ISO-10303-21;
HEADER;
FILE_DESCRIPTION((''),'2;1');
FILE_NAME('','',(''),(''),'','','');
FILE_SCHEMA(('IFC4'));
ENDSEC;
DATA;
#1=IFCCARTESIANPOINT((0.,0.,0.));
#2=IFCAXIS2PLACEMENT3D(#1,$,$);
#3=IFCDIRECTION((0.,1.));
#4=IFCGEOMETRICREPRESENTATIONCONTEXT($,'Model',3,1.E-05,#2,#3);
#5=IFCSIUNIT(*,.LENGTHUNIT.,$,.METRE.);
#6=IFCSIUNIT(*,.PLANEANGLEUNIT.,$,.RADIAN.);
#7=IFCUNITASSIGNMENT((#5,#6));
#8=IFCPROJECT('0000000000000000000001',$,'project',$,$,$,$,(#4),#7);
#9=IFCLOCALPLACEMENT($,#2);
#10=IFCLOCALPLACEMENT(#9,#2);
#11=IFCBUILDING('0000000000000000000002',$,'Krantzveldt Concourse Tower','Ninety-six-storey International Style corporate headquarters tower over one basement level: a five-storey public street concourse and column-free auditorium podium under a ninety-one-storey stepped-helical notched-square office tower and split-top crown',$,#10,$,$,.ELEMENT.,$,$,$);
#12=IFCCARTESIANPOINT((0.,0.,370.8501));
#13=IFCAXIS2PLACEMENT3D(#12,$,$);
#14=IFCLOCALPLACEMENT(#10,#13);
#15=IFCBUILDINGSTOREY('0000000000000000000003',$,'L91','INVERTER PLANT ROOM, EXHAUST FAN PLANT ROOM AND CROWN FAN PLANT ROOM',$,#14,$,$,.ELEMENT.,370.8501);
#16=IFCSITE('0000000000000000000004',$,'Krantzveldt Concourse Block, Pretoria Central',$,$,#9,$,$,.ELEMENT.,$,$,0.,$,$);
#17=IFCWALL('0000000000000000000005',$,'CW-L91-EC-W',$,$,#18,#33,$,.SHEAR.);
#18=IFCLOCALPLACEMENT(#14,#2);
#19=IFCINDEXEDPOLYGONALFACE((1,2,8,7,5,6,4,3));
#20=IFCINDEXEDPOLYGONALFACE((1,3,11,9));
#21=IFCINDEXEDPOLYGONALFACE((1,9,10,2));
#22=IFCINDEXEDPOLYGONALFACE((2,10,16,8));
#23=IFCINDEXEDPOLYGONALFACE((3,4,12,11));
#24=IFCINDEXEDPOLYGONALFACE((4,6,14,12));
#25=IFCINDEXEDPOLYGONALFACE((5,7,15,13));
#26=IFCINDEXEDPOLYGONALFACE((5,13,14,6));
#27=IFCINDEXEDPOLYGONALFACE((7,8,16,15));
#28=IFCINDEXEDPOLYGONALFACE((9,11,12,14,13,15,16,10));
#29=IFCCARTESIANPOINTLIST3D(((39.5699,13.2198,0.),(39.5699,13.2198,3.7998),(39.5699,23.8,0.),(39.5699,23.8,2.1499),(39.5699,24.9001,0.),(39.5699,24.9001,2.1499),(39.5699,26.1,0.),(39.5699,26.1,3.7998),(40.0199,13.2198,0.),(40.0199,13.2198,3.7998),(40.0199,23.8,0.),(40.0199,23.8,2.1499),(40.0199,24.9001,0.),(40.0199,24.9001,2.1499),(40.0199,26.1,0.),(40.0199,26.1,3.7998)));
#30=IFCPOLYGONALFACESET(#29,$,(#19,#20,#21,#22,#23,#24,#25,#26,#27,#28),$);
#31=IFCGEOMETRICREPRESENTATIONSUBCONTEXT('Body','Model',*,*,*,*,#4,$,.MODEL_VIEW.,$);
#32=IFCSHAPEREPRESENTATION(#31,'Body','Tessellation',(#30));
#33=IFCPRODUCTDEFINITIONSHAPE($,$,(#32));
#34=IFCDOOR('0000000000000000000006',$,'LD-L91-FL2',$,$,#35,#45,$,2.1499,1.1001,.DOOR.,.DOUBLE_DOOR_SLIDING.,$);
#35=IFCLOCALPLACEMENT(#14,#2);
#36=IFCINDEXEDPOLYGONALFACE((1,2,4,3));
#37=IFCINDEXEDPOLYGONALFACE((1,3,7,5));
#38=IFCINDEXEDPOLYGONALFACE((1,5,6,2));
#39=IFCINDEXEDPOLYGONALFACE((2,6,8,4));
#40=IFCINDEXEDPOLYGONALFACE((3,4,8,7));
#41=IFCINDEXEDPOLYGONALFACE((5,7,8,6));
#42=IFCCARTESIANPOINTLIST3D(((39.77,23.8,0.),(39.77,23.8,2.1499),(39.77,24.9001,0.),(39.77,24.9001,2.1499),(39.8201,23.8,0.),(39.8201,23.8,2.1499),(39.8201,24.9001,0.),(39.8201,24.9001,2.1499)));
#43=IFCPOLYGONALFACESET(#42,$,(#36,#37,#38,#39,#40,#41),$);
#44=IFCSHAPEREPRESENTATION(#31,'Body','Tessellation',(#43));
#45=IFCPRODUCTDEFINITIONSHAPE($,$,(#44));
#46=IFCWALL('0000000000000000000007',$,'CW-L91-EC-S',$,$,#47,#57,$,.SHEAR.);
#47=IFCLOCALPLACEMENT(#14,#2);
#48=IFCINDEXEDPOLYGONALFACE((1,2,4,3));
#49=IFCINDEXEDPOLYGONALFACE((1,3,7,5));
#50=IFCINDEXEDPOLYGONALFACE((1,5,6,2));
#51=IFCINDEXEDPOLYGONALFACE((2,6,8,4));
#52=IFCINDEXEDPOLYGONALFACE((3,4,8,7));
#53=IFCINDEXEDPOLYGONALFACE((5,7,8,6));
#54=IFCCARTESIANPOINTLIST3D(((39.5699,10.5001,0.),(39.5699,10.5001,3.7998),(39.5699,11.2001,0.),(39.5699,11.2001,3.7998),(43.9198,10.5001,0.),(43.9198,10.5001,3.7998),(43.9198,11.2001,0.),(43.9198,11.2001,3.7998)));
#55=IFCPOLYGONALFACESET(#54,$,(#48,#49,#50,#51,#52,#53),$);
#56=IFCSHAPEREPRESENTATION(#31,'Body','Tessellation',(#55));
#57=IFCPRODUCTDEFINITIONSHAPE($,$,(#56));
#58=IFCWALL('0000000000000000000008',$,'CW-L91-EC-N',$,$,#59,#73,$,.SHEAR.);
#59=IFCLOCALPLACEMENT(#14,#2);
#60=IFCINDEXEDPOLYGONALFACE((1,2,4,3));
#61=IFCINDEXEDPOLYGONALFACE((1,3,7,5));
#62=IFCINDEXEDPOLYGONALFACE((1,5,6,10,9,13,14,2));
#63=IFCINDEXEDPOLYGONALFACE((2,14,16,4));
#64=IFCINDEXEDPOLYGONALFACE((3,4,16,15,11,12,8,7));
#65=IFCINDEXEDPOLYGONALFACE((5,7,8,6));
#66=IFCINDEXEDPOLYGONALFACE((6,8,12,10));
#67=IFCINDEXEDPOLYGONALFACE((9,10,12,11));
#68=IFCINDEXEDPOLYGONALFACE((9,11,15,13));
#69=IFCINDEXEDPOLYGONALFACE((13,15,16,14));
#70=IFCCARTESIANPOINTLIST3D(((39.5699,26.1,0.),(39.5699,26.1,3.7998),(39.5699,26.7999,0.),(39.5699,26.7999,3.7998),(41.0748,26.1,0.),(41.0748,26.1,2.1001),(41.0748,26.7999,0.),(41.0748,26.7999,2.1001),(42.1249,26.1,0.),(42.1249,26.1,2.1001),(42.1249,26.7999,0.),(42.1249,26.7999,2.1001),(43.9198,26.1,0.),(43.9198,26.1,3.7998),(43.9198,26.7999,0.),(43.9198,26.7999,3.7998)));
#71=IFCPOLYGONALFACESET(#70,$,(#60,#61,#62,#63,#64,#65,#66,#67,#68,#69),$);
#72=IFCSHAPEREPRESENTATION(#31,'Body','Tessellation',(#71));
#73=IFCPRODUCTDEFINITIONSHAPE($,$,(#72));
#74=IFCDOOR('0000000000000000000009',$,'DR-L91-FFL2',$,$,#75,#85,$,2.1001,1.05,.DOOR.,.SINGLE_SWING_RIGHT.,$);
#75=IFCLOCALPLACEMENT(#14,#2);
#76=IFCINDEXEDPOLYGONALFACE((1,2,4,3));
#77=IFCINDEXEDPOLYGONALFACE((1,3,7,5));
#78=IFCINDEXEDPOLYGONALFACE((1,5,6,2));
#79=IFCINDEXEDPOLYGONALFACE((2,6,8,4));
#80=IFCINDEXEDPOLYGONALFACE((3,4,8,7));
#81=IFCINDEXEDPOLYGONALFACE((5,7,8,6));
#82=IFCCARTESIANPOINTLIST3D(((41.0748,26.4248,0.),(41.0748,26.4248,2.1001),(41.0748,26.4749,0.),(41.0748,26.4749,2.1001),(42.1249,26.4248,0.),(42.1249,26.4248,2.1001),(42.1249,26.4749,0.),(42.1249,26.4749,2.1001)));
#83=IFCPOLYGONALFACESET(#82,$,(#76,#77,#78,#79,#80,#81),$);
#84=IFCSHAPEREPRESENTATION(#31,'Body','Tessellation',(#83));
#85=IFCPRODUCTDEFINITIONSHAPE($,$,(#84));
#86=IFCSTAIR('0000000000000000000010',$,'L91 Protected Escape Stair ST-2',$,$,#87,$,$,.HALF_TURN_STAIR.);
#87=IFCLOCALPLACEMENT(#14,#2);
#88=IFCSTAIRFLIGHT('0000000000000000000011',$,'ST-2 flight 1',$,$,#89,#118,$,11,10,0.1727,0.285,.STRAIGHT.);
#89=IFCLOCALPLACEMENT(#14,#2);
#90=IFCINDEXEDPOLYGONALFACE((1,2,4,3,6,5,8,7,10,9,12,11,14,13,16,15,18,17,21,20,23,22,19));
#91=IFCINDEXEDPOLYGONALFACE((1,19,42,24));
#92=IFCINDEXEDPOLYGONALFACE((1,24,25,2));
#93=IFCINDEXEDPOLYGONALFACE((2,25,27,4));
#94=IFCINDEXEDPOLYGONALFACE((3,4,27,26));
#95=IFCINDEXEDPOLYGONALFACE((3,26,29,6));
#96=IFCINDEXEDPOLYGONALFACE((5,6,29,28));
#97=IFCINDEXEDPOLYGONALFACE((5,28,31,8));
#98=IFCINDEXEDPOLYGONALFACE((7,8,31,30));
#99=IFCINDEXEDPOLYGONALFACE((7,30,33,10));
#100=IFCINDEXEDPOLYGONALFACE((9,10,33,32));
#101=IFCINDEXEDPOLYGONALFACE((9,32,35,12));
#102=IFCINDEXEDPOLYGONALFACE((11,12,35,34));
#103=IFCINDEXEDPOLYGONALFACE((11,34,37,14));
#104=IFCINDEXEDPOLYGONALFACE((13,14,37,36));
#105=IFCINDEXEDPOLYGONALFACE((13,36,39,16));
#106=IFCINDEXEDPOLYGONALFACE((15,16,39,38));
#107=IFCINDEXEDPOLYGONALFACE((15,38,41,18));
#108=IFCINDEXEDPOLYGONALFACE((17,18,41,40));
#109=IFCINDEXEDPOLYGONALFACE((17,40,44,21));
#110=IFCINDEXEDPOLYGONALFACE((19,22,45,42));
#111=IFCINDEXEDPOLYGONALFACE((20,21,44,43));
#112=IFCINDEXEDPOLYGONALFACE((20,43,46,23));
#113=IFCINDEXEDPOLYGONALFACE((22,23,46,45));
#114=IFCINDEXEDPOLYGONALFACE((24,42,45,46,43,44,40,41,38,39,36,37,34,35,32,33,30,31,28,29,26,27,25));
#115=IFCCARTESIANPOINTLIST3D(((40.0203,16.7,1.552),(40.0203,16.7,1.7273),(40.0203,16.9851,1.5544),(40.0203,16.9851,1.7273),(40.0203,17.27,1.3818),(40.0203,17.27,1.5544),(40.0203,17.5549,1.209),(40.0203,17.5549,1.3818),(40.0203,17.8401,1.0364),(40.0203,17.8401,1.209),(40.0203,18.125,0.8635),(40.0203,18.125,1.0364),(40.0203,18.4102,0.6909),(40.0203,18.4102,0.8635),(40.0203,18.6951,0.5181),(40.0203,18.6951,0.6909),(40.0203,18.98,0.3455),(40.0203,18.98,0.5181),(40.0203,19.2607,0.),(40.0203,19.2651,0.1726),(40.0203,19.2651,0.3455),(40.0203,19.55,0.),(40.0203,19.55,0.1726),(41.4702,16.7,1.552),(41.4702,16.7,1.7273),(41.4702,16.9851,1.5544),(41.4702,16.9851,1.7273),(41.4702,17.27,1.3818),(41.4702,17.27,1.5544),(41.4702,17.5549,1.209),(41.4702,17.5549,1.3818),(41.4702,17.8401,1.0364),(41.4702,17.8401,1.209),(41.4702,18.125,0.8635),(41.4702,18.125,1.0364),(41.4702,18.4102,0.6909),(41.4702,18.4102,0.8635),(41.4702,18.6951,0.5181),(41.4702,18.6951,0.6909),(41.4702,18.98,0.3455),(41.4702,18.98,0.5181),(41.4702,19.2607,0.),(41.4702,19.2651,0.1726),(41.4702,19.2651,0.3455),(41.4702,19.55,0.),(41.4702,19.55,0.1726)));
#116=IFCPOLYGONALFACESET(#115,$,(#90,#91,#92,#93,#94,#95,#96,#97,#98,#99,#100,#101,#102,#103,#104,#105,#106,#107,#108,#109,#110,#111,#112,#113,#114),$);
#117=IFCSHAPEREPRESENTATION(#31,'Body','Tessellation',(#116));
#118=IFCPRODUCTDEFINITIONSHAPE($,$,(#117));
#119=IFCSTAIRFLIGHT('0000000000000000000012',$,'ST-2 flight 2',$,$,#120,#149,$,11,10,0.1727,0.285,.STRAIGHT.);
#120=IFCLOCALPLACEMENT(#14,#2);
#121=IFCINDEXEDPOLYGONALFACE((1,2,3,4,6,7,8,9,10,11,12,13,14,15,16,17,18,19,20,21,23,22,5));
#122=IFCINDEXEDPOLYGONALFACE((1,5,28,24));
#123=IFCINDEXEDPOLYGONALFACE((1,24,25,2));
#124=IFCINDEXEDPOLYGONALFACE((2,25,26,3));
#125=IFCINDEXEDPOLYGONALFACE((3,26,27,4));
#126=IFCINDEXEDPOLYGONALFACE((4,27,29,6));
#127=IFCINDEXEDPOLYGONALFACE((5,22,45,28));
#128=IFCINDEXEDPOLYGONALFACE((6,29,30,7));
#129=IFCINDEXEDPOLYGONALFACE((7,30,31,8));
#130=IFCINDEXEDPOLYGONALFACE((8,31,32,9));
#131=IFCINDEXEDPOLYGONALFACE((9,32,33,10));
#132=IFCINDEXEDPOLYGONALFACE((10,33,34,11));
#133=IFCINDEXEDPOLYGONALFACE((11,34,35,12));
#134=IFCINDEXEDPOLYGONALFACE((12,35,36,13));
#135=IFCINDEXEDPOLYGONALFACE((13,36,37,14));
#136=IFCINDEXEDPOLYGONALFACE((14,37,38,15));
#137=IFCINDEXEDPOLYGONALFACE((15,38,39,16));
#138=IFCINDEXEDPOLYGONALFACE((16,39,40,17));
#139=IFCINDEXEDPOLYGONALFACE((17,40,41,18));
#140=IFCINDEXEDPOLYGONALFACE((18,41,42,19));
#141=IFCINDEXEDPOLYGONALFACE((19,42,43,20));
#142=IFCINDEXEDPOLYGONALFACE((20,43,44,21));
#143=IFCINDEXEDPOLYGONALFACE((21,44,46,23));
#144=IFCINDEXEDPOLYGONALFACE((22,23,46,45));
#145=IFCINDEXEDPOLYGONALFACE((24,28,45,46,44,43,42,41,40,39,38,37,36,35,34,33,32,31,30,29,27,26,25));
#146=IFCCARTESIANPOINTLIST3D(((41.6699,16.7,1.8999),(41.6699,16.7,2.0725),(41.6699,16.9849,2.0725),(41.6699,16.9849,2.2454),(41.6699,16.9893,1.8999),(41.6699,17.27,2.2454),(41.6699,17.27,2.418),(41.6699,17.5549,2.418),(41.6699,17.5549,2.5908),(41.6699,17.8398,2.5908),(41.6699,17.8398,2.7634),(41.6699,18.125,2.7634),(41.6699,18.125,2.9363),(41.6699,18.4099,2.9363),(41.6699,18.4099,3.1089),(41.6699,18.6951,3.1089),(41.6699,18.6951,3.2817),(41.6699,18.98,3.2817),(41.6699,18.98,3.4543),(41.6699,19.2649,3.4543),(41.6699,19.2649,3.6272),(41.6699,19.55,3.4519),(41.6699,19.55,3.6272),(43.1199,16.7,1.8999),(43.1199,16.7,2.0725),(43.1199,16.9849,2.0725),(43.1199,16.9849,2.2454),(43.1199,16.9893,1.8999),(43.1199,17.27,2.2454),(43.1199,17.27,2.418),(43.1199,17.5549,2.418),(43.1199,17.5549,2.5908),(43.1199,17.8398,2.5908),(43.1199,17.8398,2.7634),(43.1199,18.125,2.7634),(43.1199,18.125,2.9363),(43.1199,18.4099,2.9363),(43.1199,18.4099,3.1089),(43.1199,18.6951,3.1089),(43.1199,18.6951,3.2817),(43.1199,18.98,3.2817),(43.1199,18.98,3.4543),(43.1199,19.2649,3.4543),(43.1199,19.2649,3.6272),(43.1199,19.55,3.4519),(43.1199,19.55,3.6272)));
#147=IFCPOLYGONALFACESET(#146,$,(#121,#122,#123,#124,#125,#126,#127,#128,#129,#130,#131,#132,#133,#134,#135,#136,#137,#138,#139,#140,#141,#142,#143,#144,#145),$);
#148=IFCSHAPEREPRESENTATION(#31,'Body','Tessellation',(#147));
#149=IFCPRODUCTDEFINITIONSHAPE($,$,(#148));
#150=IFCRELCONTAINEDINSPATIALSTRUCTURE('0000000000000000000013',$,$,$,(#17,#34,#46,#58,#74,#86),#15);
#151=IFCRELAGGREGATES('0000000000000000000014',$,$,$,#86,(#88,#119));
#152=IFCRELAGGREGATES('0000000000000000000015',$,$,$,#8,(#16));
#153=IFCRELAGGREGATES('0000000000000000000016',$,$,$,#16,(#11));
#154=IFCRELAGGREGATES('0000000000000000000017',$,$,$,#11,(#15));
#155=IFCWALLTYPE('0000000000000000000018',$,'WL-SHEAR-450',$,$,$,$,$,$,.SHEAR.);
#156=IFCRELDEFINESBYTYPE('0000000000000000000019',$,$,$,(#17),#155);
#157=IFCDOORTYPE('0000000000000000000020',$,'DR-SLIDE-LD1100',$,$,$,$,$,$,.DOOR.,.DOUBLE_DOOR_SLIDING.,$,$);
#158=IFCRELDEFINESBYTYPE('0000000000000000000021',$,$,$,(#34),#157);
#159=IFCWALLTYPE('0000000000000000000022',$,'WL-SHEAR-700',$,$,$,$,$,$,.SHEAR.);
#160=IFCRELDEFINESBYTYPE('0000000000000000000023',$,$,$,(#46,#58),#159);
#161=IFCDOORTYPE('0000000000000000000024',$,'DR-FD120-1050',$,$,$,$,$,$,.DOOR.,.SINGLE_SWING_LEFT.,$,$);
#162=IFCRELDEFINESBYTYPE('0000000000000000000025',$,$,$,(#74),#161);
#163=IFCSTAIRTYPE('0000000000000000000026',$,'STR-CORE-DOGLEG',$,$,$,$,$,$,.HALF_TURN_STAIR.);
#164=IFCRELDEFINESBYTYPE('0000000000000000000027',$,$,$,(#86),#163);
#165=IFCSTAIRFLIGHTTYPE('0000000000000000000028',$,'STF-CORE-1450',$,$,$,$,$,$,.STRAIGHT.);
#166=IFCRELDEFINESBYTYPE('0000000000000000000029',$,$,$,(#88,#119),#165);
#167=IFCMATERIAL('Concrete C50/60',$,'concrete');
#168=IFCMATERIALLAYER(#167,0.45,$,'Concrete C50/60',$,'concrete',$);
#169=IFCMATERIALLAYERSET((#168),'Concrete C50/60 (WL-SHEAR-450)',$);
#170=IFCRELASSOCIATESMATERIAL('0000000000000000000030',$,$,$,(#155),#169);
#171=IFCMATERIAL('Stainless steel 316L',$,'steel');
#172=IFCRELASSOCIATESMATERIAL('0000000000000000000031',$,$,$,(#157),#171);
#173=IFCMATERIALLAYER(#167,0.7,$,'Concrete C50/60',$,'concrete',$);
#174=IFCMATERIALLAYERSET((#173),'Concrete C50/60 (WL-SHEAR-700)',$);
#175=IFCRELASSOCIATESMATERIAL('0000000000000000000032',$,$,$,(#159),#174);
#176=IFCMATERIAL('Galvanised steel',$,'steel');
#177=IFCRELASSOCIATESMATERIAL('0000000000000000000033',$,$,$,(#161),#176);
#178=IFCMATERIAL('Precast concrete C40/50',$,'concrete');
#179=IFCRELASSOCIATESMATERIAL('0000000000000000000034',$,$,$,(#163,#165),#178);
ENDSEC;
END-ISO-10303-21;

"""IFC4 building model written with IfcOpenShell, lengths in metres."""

from ifc_helpers import new_model, si_unit, direction, frame, frame_2d, origin, place, context, subcontext, project, spatial, polyline, rectangle, outline, extrude, material, layer, layer_set, type_object, element, fill, aggregate, save


model = new_model("IFC4")

# Units and contexts
model_context = context("Model", 3, precision=1e-05, world=origin(), true_north=direction((0.0, 1.0)))
body_context = subcontext(model_context, "Body", "Model", "MODEL_VIEW")
ifc_project = project(units=[si_unit("LENGTHUNIT", "METRE"), si_unit("PLANEANGLEUNIT", "RADIAN")], contexts=[model_context])

# Site, building, storey
site_placement = place(None, origin())
site = spatial("IfcSite", under=ifc_project, at=site_placement, Name="Krantzveldt Concourse Block, Pretoria Central", CompositionType="ELEMENT", RefElevation=0.0)
building_placement = place(site_placement, origin())
building = spatial("IfcBuilding", under=site, at=building_placement, Name="Krantzveldt Concourse Tower", Description="Ninety-six-storey International Style corporate headquarters tower over one basement level: a five-storey public street concourse and column-free auditorium podium under a ninety-one-storey stepped-helical notched-square office tower and split-top crown", CompositionType="ELEMENT")
storey_placement = place(building_placement, frame((0.0, 0.0, 370.8501)))
storey = spatial("IfcBuildingStorey", under=building, at=storey_placement, Name="L91", Description="INVERTER PLANT ROOM, EXHAUST FAN PLANT ROOM AND CROWN FAN PLANT ROOM", CompositionType="ELEMENT", Elevation=370.8501)

# Shared definitions
ifc_material_1 = material(Name="Galvanised steel", Category="steel")

# Shared definitions
ifc_material_2 = material(Name="Concrete C50/60", Category="concrete")

# Wall, opening, door
ifc_layer_1 = layer(ifc_material_2, 0.45, Name="Concrete C50/60", Category="concrete")
ifc_layer_set_1 = layer_set([ifc_layer_1], Name="Concrete C50/60 (WL-SHEAR-450)")
wall_type_1 = type_object("IfcWallType", Name="WL-SHEAR-450", PredefinedType="SHEAR", material=ifc_layer_set_1)
wall_1_placement = place(storey_placement, frame((39.7949, 13.22, 0.0), z_axis=(0.0, 0.0, 1.0), x_axis=(0.0, 1.0, 0.0)))
wall_1 = element("IfcWall", 1, at=wall_1_placement, inside=storey, type_object=wall_type_1, Name="CW-L91-EC-W", PredefinedType="SHEAR", context=body_context, shape_type="SweptSolid", body=[
    extrude(rectangle(XDim=12.8801, YDim=0.45, at=frame_2d((6.4399, 0.0))), origin(), (0.0, 0.0, 1.0), 3.7998),
])
opening_1_placement = place(wall_1_placement, frame((10.5801, 0.0, 0.0)))
opening_1 = element("IfcOpeningElement", 2, at=opening_1_placement, cuts=wall_1, PredefinedType="OPENING", context=body_context, shape_type="SweptSolid", body=[
    extrude(rectangle(XDim=1.1001, YDim=2.1499, at=frame_2d((0.55, 1.075))), frame((0.0, 0.2349, 0.0), z_axis=(0.0, -1.0, 0.0), x_axis=(1.0, 0.0, 0.0)), (0.0, 0.0, 1.0), 0.47),
])
ifc_material_3 = material(Name="Stainless steel 316L", Category="steel")
door_type_1 = type_object("IfcDoorType", Name="DR-SLIDE-LD1100", OperationType="DOUBLE_DOOR_SLIDING", PredefinedType="DOOR", material=ifc_material_3)
door_1_placement = place(opening_1_placement, origin())
door_1 = element("IfcDoor", 3, at=door_1_placement, inside=storey, type_object=door_type_1, Name="LD-L91-FL2", OperationType="DOUBLE_DOOR_SLIDING", OverallHeight=2.1499, OverallWidth=1.1001, PredefinedType="DOOR", context=body_context, shape_type="SweptSolid", body=[
    extrude(rectangle(XDim=1.1001, YDim=2.1499, at=frame_2d((0.55, 1.075))), frame((0.0, 0.0249, 0.0), z_axis=(0.0, -1.0, 0.0), x_axis=(1.0, 0.0, 0.0)), (0.0, 0.0, 1.0), 0.05),
])
fill(opening_1, door_1)

# Wall
ifc_layer_2 = layer(ifc_material_2, 0.7, Name="Concrete C50/60", Category="concrete")
ifc_layer_set_2 = layer_set([ifc_layer_2], Name="Concrete C50/60 (WL-SHEAR-700)")
wall_type_2 = type_object("IfcWallType", Name="WL-SHEAR-700", PredefinedType="SHEAR", material=ifc_layer_set_2)
wall_2_placement = place(storey_placement, frame((39.5701, 10.8501, 0.0), z_axis=(0.0, 0.0, 1.0), x_axis=(1.0, 0.0, 0.0)))
element("IfcWall", 4, at=wall_2_placement, inside=storey, type_object=wall_type_2, Name="CW-L91-EC-S", PredefinedType="SHEAR", context=body_context, shape_type="SweptSolid", body=[
    extrude(rectangle(XDim=4.3499, YDim=0.7, at=frame_2d((2.1748, 0.0))), origin(), (0.0, 0.0, 1.0), 3.7998),
])

# Wall, opening, door
wall_3_placement = place(storey_placement, frame((39.5701, 26.45, 0.0), z_axis=(0.0, 0.0, 1.0), x_axis=(1.0, 0.0, 0.0)))
wall_3 = element("IfcWall", 5, at=wall_3_placement, inside=storey, type_object=wall_type_2, Name="CW-L91-EC-N", PredefinedType="SHEAR", context=body_context, shape_type="SweptSolid", body=[
    extrude(rectangle(XDim=4.3499, YDim=0.7, at=frame_2d((2.1748, 0.0))), origin(), (0.0, 0.0, 1.0), 3.7998),
])
opening_2_placement = place(wall_3_placement, frame((1.5049, 0.0, 0.0)))
opening_2 = element("IfcOpeningElement", 6, at=opening_2_placement, cuts=wall_3, PredefinedType="OPENING", context=body_context, shape_type="SweptSolid", body=[
    extrude(rectangle(XDim=1.05, YDim=2.1001, at=frame_2d((0.5249, 1.05))), frame((0.0, 0.3599, 0.0), z_axis=(0.0, -1.0, 0.0), x_axis=(1.0, 0.0, 0.0)), (0.0, 0.0, 1.0), 0.72),
])
door_type_2 = type_object("IfcDoorType", Name="DR-FD120-1050", OperationType="SINGLE_SWING_LEFT", PredefinedType="DOOR", material=ifc_material_1)
door_2_placement = place(opening_2_placement, origin())
door_2 = element("IfcDoor", 7, at=door_2_placement, inside=storey, type_object=door_type_2, Name="DR-L91-FFL2", OperationType="SINGLE_SWING_RIGHT", OverallHeight=2.1001, OverallWidth=1.05, PredefinedType="DOOR", context=body_context, shape_type="SweptSolid", body=[
    extrude(rectangle(XDim=1.05, YDim=2.1001, at=frame_2d((0.5249, 1.05))), frame((0.0, 0.0249, 0.0), z_axis=(0.0, -1.0, 0.0), x_axis=(1.0, 0.0, 0.0)), (0.0, 0.0, 1.0), 0.05),
])
fill(opening_2, door_2)

# Stair, stair flights
ifc_material_4 = material(Name="Precast concrete C40/50", Category="concrete")
stair_type = type_object("IfcStairType", Name="STR-CORE-DOGLEG", PredefinedType="HALF_TURN_STAIR", material=ifc_material_4)
stair_placement = place(storey_placement, origin())
stair = element("IfcStair", 8, at=stair_placement, inside=storey, type_object=stair_type, Name="L91 Protected Escape Stair ST-2", PredefinedType="HALF_TURN_STAIR")
stair_flight_type = type_object("IfcStairFlightType", Name="STF-CORE-1450", PredefinedType="STRAIGHT", material=ifc_material_4)
stair_flight_1_placement = place(storey_placement, frame((40.7451, 19.55, 0.0), z_axis=(0.0, 0.0, 1.0), x_axis=(0.0, -1.0, 0.0)))
stair_flight_1 = element("IfcStairFlight", 9, at=stair_flight_1_placement, type_object=stair_flight_type, Name="ST-2 flight 1", NumberOfRisers=11, NumberOfTreads=10, PredefinedType="STRAIGHT", RiserHeight=0.1727, TreadLength=0.285, context=body_context, shape_type="SweptSolid", body=[
    extrude(outline(polyline([(0.0, 0.0), (0.0, 0.1726), (0.2849, 0.1726), (0.2849, 0.3455), (0.5701, 0.3455), (0.5701, 0.5181), (0.855, 0.5181), (0.855, 0.6909), (1.1399, 0.6909), (1.1399, 0.8635), (1.425, 0.8635), (1.425, 1.0364), (1.71, 1.0364), (1.71, 1.209), (1.9951, 1.209), (1.9951, 1.3818), (2.28, 1.3818), (2.28, 1.5544), (2.5649, 1.5544), (2.5649, 1.7273), (2.8501, 1.7273), (2.8501, 1.8999), (2.8501, 1.552), (0.2893, 0.0), (0.0, 0.0)])), frame((0.0, 0.7251, 0.0), z_axis=(0.0, -1.0, 0.0), x_axis=(1.0, 0.0, 0.0)), (0.0, 0.0, 1.0), 1.45),
])
stair_flight_2_placement = place(storey_placement, frame((42.395, 16.7, 1.8999), z_axis=(0.0, 0.0, 1.0), x_axis=(0.0, 1.0, 0.0)))
stair_flight_2 = element("IfcStairFlight", 10, at=stair_flight_2_placement, type_object=stair_flight_type, Name="ST-2 flight 2", NumberOfRisers=11, NumberOfTreads=10, PredefinedType="STRAIGHT", RiserHeight=0.1727, TreadLength=0.285, context=body_context, shape_type="SweptSolid", body=[
    extrude(outline(polyline([(0.0, 0.0), (0.0, 0.1726), (0.2849, 0.1726), (0.2849, 0.3455), (0.5701, 0.3455), (0.5701, 0.5181), (0.855, 0.5181), (0.855, 0.6909), (1.1399, 0.6909), (1.1399, 0.8635), (1.425, 0.8635), (1.425, 1.0364), (1.71, 1.0364), (1.71, 1.209), (1.9951, 1.209), (1.9951, 1.3818), (2.28, 1.3818), (2.28, 1.5544), (2.5649, 1.5544), (2.5649, 1.7273), (2.8501, 1.7273), (2.8501, 1.8999), (2.8501, 1.552), (0.2893, 0.0), (0.0, 0.0)])), frame((0.0, 0.7251, 0.0), z_axis=(0.0, -1.0, 0.0), x_axis=(1.0, 0.0, 0.0)), (0.0, 0.0, 1.0), 1.45),
])
aggregate(stair, [stair_flight_1, stair_flight_2])

save(model, "model.ifc")
